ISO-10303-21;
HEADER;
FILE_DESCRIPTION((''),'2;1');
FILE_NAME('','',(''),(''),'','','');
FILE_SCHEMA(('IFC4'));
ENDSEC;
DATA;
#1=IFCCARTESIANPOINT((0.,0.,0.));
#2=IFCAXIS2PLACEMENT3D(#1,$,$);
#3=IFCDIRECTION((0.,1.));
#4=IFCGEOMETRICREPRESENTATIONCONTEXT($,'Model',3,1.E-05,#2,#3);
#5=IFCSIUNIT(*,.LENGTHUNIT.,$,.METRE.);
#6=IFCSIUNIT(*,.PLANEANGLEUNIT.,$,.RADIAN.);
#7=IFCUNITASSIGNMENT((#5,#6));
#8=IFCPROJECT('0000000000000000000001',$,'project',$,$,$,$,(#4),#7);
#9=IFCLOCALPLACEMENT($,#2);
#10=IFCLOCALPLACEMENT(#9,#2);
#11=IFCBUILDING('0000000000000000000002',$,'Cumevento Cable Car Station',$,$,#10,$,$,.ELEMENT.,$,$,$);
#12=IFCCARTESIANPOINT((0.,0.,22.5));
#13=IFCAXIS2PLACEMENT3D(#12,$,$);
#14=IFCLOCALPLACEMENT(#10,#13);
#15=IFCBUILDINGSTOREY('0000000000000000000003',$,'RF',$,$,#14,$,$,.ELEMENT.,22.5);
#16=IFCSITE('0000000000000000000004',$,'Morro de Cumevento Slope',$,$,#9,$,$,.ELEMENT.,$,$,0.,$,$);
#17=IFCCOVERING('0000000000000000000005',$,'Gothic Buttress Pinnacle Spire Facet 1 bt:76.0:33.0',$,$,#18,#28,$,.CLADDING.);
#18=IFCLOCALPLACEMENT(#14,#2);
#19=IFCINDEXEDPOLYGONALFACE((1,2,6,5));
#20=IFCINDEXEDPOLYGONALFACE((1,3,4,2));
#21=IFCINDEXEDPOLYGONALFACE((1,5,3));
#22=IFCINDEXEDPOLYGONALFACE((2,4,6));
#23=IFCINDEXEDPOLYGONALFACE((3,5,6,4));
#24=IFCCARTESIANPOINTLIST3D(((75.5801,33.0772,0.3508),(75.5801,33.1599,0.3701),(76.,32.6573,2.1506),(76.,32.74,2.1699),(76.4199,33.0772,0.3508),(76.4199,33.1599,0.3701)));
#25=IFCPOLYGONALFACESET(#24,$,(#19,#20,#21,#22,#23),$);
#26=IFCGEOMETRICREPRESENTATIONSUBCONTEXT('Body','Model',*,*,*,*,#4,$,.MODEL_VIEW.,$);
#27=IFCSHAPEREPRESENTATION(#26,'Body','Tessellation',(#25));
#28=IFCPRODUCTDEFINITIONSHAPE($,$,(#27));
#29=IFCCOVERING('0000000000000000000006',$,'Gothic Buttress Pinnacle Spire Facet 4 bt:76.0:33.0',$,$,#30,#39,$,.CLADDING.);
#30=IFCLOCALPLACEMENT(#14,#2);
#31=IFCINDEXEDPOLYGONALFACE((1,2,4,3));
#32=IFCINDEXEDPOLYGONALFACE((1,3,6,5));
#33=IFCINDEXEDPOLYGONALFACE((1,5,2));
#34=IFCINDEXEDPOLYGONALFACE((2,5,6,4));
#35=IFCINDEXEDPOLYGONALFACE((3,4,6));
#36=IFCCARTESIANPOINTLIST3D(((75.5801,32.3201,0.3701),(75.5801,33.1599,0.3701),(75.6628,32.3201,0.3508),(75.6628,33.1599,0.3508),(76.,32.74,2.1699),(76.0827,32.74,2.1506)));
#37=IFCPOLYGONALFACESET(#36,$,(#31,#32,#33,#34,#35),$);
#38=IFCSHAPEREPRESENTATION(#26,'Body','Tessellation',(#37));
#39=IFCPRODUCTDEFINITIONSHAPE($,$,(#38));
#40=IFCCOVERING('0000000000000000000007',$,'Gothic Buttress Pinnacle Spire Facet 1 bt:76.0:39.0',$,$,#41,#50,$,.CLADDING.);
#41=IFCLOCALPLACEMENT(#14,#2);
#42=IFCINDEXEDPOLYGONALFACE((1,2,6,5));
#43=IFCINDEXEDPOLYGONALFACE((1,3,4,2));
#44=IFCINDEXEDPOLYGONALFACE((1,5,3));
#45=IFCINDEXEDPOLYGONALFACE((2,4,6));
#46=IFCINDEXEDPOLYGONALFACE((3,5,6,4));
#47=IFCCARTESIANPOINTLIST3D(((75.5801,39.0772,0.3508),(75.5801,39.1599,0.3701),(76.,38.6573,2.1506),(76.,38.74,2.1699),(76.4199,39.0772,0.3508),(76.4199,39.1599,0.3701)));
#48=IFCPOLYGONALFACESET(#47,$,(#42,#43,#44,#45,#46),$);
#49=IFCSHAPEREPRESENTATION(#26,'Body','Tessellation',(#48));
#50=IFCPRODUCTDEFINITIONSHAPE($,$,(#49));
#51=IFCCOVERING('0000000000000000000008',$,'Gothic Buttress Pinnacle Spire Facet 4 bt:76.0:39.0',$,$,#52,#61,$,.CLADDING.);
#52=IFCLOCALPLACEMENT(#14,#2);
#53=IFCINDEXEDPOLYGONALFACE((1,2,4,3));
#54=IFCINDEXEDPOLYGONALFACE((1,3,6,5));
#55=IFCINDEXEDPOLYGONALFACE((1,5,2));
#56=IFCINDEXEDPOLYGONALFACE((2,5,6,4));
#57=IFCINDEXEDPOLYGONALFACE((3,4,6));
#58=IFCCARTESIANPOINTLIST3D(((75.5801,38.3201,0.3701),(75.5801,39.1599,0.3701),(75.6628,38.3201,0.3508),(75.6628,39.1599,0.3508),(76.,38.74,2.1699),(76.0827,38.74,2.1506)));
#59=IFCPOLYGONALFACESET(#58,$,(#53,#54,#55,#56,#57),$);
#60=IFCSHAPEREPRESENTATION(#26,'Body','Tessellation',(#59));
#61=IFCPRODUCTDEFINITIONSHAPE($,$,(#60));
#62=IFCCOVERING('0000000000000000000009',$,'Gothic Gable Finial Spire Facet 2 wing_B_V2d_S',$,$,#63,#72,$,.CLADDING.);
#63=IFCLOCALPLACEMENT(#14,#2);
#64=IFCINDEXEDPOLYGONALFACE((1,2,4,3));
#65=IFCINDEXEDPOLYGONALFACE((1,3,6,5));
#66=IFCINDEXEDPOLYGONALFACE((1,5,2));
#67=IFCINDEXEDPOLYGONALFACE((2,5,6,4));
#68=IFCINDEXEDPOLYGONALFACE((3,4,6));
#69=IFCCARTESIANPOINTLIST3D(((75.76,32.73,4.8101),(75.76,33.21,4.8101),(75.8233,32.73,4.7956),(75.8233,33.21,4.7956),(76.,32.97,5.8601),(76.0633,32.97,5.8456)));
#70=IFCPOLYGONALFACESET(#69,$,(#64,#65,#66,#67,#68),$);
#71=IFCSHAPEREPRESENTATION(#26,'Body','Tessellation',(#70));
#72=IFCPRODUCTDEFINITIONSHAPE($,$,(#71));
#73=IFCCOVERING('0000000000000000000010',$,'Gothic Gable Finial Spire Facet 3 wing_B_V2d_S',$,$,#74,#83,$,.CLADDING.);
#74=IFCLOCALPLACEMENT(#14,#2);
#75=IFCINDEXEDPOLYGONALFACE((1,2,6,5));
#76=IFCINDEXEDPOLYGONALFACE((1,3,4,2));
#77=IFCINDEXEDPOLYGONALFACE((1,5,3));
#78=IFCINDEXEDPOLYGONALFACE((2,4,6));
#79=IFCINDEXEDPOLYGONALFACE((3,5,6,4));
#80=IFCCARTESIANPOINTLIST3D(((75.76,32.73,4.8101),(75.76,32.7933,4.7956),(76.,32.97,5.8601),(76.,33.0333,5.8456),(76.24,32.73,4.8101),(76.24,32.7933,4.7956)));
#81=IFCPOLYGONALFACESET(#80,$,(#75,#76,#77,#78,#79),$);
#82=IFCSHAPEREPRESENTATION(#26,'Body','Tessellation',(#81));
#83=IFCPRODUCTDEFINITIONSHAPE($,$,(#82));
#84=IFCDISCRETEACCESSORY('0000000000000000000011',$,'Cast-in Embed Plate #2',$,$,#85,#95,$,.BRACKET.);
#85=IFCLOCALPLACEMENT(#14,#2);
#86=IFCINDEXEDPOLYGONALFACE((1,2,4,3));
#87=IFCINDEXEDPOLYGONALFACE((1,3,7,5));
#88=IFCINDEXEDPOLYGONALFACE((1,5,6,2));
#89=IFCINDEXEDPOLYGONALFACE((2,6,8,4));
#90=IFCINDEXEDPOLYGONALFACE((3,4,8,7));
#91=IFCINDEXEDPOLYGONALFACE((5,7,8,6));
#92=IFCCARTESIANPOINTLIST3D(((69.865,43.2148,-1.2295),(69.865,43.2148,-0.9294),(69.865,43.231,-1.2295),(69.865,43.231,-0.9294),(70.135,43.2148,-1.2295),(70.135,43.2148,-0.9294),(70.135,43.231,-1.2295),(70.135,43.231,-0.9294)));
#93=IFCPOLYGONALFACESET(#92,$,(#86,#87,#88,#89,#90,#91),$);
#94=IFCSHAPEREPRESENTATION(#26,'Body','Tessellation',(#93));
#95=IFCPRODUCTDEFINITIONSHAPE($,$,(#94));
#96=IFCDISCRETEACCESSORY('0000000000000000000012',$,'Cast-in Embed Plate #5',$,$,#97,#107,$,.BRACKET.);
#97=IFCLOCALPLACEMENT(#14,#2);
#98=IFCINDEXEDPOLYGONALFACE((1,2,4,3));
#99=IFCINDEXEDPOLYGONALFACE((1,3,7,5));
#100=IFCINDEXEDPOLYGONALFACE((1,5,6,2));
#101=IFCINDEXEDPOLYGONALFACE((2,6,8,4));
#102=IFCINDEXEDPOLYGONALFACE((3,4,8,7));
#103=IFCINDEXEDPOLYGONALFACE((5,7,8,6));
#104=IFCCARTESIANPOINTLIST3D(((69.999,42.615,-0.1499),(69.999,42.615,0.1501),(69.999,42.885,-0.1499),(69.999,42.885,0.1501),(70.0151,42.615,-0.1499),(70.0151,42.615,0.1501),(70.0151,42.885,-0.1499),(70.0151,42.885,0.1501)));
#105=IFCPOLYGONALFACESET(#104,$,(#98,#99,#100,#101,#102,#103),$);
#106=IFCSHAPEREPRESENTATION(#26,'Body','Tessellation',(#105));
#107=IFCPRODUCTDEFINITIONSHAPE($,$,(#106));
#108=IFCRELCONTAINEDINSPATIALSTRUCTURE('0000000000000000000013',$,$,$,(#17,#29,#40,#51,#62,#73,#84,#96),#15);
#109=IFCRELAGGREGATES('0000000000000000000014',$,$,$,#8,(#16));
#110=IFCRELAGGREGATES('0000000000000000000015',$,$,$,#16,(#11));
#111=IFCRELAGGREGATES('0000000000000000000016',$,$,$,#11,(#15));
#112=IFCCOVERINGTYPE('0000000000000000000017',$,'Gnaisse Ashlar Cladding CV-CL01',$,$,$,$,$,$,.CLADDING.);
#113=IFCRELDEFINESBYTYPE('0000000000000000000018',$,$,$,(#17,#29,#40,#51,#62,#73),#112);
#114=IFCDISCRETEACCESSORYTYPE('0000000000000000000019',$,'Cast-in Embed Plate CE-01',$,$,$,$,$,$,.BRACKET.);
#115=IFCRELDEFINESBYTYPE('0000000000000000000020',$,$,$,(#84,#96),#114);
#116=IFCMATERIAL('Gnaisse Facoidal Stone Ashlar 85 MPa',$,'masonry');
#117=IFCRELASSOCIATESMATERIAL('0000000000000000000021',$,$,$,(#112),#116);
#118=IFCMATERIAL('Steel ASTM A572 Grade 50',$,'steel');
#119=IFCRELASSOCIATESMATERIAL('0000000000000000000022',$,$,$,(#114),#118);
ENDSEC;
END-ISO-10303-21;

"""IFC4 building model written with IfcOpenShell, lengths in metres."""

from ifc_helpers import new_model, si_unit, direction, frame, origin, origin_2d, place, context, subcontext, project, spatial, polyline, rectangle, outline, extrude, material, type_object, element, save


model = new_model("IFC4")

# Units and contexts
model_context = context("Model", 3, precision=1e-05, world=origin(), true_north=direction((0.0, 1.0)))
body_context = subcontext(model_context, "Body", "Model", "MODEL_VIEW")
ifc_project = project(units=[si_unit("LENGTHUNIT", "METRE"), si_unit("PLANEANGLEUNIT", "RADIAN")], contexts=[model_context])

# Site, building, storey
site_placement = place(None, origin())
site = spatial("IfcSite", under=ifc_project, at=site_placement, Name="Morro de Cumevento Slope", CompositionType="ELEMENT", RefElevation=0.0)
building_placement = place(site_placement, origin())
building = spatial("IfcBuilding", under=site, at=building_placement, Name="Cumevento Cable Car Station", CompositionType="ELEMENT")
storey_placement = place(building_placement, frame((0.0, 0.0, 22.5)))
storey = spatial("IfcBuildingStorey", under=building, at=storey_placement, Name="RF", CompositionType="ELEMENT", Elevation=22.5)

# Coverings
ifc_material_1 = material(Name="Gnaisse Facoidal Stone Ashlar 85 MPa", Category="masonry")
covering_type_1 = type_object("IfcCoveringType", Name="Gnaisse Ashlar Cladding CV-CL01", PredefinedType="CLADDING", material=ifc_material_1)
for number, where, z_axis, x_axis, name in (
    (1, (75.5801, 33.1599, 0.3701), (0.0, 0.973845, 0.227213), (1.0, 0.0, 0.0), "Gothic Buttress Pinnacle Spire Facet 1 bt:76.0:33.0"),
    (2, (75.5801, 32.3201, 0.3701), (-0.973845, 0.0, 0.227213), (0.0, 1.0, 0.0), "Gothic Buttress Pinnacle Spire Facet 4 bt:76.0:33.0"),
    (3, (75.5801, 39.1599, 0.3701), (0.0, 0.973845, 0.227213), (1.0, 0.0, 0.0), "Gothic Buttress Pinnacle Spire Facet 1 bt:76.0:39.0"),
    (4, (75.5801, 38.3201, 0.3701), (-0.973845, 0.0, 0.227213), (0.0, 1.0, 0.0), "Gothic Buttress Pinnacle Spire Facet 4 bt:76.0:39.0"),
):
    element("IfcCovering", number, at=place(storey_placement, frame(where, z_axis=z_axis, x_axis=x_axis)), inside=storey, type_object=covering_type_1, Name=name, PredefinedType="CLADDING", context=body_context, shape_type="SweptSolid", body=[
        extrude(outline(polyline([(0.0, 0.0), (0.8398, 0.0), (0.4199, -1.8481), (0.0, 0.0)])), origin(), (0.0, 0.0, -1.0), 0.085),
    ])
for number, where, z_axis, x_axis, name in (
    (5, (75.76, 33.21, 4.8101), (-0.974863, 0.0, 0.222806), (0.0, -1.0, 0.0), "Gothic Gable Finial Spire Facet 2 wing_B_V2d_S"),
    (6, (75.76, 32.73, 4.8101), (0.0, -0.974863, 0.222806), (1.0, 0.0, 0.0), "Gothic Gable Finial Spire Facet 3 wing_B_V2d_S"),
):
    element("IfcCovering", number, at=place(storey_placement, frame(where, z_axis=z_axis, x_axis=x_axis)), inside=storey, type_object=covering_type_1, Name=name, PredefinedType="CLADDING", context=body_context, shape_type="SweptSolid", body=[
        extrude(outline(polyline([(0.0, 0.0), (0.48, 0.0), (0.24, 1.0771), (0.0, 0.0)])), origin(), (0.0, 0.0, -1.0), 0.0649),
    ])

# Discrete accessories
ifc_material_2 = material(Name="Steel ASTM A572 Grade 50", Category="steel")
discrete_accessory_type = type_object("IfcDiscreteAccessoryType", Name="Cast-in Embed Plate CE-01", PredefinedType="BRACKET", material=ifc_material_2)
for number, where, z_axis, x_axis, name in (
    (7, (70.0, 43.2229, -1.2295), (0.0, 0.0, 1.0), (0.0, -1.0, 0.0), "Cast-in Embed Plate #2"),
    (8, (70.0071, 42.75, -0.1499), (0.0, 0.0, 1.0), (1.0, 0.0, 0.0), "Cast-in Embed Plate #5"),
):
    element("IfcDiscreteAccessory", number, at=place(storey_placement, frame(where, z_axis=z_axis, x_axis=x_axis)), inside=storey, type_object=discrete_accessory_type, Name=name, PredefinedType="BRACKET", context=body_context, shape_type="SweptSolid", body=[
        extrude(rectangle(XDim=0.0161, YDim=0.27, at=origin_2d()), origin(), (0.0, 0.0, 1.0), 0.3),
    ])

save(model, "model.ifc")
